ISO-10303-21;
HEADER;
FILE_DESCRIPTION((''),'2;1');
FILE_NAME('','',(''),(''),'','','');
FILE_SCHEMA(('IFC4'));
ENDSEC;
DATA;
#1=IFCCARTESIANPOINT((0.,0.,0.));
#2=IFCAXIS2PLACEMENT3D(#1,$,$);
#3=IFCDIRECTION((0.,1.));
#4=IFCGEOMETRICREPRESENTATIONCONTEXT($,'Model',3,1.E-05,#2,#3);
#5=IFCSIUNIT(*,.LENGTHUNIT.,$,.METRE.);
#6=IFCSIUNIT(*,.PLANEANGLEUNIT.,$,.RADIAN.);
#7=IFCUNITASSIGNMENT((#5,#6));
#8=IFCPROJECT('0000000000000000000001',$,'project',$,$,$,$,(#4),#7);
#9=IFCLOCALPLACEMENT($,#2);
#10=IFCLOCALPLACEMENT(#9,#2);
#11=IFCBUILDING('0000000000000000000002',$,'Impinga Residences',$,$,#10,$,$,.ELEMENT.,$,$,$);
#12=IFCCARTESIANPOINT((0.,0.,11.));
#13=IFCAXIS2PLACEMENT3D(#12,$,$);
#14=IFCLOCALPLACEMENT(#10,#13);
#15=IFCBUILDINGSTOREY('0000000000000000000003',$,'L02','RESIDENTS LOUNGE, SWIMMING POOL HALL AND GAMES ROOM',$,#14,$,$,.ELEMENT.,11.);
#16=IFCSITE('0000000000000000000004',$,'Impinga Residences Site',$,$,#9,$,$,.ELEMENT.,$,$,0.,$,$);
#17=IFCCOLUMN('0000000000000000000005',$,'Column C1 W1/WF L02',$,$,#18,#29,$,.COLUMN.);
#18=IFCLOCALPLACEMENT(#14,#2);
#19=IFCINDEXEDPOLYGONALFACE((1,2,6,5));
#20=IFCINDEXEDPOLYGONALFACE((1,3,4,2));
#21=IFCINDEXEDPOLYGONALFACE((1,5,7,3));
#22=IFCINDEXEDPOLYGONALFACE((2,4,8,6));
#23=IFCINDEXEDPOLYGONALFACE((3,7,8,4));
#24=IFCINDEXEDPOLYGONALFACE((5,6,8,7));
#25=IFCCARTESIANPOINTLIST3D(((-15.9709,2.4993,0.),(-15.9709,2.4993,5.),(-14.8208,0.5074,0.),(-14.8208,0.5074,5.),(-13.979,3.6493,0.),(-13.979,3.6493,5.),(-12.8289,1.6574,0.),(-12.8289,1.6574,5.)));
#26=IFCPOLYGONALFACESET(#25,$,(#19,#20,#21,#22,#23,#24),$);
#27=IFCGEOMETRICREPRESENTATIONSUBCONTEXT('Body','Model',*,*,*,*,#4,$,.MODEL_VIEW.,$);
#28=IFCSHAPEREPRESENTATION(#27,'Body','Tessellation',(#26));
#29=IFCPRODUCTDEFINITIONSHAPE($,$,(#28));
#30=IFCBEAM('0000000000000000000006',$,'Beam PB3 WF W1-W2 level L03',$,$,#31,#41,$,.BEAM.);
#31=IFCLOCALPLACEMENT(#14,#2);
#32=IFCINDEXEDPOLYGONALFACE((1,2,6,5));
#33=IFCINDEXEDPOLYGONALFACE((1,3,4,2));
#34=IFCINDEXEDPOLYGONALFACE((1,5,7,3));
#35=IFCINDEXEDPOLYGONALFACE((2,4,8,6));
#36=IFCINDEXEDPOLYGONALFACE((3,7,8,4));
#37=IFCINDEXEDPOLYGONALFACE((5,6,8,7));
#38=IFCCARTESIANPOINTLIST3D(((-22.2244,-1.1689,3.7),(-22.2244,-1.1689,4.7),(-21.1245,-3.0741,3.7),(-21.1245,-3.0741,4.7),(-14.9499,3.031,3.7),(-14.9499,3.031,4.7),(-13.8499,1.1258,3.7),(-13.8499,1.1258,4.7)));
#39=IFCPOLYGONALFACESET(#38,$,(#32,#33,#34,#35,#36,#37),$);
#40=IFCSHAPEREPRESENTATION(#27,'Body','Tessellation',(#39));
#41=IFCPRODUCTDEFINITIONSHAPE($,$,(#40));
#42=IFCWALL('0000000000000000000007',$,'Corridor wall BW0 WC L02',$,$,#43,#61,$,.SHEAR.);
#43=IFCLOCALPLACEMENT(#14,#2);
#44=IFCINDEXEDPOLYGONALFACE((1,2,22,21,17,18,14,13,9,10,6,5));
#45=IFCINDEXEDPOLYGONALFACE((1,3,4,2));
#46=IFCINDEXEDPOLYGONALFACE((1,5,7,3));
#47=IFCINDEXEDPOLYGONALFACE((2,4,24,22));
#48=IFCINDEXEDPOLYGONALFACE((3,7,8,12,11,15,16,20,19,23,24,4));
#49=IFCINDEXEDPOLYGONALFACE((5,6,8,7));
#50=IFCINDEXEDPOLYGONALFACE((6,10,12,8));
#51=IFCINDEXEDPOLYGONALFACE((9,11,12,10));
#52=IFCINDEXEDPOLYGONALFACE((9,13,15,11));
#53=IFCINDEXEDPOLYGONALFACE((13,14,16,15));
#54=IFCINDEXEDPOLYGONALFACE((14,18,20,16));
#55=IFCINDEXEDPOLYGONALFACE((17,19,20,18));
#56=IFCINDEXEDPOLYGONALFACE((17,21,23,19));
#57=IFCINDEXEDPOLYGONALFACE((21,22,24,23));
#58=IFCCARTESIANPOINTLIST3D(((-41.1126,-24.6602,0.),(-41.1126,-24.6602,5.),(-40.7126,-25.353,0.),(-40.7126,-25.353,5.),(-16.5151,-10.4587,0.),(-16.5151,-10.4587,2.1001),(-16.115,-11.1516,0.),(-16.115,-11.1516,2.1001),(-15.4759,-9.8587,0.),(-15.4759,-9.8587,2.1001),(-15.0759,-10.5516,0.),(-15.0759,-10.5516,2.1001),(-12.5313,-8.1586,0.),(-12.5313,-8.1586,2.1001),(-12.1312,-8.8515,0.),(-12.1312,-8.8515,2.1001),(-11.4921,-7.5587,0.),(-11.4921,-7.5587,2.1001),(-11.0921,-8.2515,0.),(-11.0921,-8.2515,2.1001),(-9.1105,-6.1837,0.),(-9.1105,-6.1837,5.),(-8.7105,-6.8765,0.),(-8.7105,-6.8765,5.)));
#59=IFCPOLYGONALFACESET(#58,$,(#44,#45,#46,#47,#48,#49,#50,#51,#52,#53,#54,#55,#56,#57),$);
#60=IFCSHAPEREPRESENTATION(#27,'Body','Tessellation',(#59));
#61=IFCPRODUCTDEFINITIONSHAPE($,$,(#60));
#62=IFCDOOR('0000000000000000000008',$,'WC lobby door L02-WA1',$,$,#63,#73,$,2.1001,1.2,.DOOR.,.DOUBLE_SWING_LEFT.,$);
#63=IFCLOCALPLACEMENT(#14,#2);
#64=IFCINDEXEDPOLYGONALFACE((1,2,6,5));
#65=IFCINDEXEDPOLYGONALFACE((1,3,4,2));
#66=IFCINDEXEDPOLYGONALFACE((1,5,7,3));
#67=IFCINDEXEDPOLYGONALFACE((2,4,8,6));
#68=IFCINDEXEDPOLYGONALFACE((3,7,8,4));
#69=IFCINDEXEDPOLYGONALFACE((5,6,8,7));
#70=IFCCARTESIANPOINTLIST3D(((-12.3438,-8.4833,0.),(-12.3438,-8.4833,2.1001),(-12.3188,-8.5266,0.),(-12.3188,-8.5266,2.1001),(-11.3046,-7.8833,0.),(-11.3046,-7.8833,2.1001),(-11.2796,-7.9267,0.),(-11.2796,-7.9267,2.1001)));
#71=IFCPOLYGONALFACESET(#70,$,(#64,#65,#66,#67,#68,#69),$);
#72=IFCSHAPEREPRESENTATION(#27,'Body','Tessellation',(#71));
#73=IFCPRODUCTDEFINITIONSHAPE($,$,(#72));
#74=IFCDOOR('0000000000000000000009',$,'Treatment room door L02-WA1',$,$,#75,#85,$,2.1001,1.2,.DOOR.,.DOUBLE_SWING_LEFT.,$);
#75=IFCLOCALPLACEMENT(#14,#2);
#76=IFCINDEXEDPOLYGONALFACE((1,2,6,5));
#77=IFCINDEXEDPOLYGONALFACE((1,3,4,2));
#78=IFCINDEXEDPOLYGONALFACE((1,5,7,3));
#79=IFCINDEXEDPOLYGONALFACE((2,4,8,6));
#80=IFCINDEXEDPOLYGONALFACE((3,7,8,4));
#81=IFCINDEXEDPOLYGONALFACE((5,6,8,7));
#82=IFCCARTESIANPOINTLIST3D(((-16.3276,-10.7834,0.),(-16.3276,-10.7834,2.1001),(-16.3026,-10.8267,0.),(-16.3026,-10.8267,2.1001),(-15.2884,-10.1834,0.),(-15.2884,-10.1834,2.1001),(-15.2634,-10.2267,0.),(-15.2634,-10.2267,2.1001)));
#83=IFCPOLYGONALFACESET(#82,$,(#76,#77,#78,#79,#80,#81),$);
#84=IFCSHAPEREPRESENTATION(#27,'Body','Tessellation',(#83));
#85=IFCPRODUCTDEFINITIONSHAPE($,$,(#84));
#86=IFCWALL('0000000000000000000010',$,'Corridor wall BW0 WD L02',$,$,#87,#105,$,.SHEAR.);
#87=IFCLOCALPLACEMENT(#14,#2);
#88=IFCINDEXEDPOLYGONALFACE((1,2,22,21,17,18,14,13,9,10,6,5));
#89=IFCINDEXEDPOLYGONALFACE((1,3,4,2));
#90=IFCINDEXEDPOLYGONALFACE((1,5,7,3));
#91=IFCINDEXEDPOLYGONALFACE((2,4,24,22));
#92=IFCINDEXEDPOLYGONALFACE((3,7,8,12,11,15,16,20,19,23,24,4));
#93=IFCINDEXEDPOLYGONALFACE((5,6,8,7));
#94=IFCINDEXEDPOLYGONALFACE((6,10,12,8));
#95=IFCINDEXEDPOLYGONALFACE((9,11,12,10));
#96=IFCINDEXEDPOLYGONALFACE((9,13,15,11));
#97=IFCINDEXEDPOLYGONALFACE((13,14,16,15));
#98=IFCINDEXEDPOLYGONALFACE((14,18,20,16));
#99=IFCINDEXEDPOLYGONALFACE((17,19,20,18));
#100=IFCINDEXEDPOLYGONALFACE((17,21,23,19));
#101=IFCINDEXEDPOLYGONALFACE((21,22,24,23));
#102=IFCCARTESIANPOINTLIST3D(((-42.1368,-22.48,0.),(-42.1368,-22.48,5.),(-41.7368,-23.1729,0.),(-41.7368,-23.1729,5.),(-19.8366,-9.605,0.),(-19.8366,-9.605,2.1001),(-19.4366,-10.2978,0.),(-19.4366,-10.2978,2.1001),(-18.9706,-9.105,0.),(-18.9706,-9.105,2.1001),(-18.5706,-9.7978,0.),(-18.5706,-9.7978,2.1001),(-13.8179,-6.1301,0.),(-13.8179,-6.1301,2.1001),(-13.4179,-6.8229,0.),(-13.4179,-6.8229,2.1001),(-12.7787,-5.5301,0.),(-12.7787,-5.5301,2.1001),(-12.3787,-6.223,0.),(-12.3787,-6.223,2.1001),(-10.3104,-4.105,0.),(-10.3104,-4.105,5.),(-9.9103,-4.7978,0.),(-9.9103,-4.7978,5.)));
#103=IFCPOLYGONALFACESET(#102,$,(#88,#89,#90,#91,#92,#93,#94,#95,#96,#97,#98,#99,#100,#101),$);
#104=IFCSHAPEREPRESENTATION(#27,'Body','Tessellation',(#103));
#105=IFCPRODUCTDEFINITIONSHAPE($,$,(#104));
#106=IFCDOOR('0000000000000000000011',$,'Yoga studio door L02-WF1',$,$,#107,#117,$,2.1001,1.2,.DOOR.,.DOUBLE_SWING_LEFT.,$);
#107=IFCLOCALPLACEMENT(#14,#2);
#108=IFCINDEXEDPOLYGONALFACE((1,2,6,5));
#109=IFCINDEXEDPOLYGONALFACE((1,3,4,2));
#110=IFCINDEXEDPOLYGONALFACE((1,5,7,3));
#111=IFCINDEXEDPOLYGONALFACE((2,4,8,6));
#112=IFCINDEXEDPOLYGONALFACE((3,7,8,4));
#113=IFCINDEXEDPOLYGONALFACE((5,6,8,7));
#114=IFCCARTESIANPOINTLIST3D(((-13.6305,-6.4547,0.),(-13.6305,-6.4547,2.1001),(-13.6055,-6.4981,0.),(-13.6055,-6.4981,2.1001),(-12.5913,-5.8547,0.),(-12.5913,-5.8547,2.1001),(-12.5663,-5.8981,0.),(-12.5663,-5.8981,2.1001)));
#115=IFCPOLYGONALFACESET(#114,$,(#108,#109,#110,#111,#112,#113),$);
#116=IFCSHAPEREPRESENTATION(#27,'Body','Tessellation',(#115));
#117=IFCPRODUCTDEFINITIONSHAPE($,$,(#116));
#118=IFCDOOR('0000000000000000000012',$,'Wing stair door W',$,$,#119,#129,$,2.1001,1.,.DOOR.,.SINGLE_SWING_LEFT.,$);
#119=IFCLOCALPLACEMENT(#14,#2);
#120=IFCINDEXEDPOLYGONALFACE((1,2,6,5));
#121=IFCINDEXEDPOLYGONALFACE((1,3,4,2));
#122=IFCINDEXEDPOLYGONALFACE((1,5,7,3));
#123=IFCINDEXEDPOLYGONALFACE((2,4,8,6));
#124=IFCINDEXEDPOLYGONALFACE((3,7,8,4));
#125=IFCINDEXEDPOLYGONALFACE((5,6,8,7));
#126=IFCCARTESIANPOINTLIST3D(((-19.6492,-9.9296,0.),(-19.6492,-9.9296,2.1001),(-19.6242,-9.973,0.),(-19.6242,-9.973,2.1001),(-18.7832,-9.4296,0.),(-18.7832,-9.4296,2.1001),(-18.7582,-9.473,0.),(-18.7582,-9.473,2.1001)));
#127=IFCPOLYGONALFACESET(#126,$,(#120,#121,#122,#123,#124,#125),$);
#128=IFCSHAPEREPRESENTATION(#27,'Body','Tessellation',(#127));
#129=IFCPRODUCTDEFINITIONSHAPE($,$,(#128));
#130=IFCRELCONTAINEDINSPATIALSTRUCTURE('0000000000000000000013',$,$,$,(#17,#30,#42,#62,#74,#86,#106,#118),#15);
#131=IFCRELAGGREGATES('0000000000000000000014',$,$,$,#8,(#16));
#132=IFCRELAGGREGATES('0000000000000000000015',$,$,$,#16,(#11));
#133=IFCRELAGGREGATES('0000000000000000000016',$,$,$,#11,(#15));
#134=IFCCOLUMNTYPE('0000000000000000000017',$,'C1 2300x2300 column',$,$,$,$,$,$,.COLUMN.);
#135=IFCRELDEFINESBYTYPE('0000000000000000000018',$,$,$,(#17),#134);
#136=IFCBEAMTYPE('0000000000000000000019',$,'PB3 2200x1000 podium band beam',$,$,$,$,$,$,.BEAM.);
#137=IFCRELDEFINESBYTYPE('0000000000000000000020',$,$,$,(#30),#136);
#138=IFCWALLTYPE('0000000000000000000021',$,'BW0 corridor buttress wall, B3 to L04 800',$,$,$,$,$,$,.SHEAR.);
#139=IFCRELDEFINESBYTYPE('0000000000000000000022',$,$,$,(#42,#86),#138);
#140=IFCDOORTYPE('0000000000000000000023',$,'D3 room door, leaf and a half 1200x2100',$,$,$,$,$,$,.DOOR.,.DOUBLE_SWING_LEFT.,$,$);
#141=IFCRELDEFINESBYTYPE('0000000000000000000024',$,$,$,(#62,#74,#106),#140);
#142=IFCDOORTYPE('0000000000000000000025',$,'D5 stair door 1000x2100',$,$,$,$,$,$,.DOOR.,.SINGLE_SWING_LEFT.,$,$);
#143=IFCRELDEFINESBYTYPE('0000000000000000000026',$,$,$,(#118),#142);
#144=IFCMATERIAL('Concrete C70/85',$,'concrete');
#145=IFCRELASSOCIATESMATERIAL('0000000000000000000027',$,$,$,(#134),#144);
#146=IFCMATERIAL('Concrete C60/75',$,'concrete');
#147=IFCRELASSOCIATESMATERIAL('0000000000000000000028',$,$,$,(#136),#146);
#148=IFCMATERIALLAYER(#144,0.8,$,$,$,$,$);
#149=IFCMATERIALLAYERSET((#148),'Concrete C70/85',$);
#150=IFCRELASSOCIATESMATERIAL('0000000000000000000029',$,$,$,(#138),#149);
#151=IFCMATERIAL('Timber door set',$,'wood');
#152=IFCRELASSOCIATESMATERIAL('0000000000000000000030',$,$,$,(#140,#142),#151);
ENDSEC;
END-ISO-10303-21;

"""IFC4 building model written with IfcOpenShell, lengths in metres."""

from ifc_helpers import new_model, si_unit, direction, frame, frame_2d, origin, origin_2d, place, context, subcontext, project, spatial, rectangle, extrude, material, layer, layer_set, material_profile, profile_set, type_object, element, fill, save


model = new_model("IFC4")

# Units and contexts
model_context = context("Model", 3, precision=1e-05, world=origin(), true_north=direction((0.0, 1.0)))
body_context = subcontext(model_context, "Body", "Model", "MODEL_VIEW")
ifc_project = project(units=[si_unit("LENGTHUNIT", "METRE"), si_unit("PLANEANGLEUNIT", "RADIAN")], contexts=[model_context])

# Site, building, storey
site_placement = place(None, origin())
site = spatial("IfcSite", under=ifc_project, at=site_placement, Name="Impinga Residences Site", CompositionType="ELEMENT", RefElevation=0.0)
building_placement = place(site_placement, origin())
building = spatial("IfcBuilding", under=site, at=building_placement, Name="Impinga Residences", CompositionType="ELEMENT")
storey_placement = place(building_placement, frame((0.0, 0.0, 11.0)))
storey = spatial("IfcBuildingStorey", under=building, at=storey_placement, Name="L02", Description="RESIDENTS LOUNGE, SWIMMING POOL HALL AND GAMES ROOM", CompositionType="ELEMENT", Elevation=11.0)

# Column
ifc_material_1 = material(Name="Concrete C70/85", Category="concrete")
ifc_material_profile_1 = material_profile(ifc_material_1, rectangle(XDim=2.3, YDim=2.3, at=origin_2d()), Name="RC 2300x2300")
ifc_profile_set_1 = profile_set([ifc_material_profile_1], Name="Concrete C70/85")
column_type = type_object("IfcColumnType", Name="C1 2300x2300 column", PredefinedType="COLUMN", material=ifc_profile_set_1)
column_placement = place(storey_placement, frame((-14.3999, 2.0784, 0.0), z_axis=(0.0, 0.0, 1.0), x_axis=(-0.5, 0.866025, 0.0)))
element("IfcColumn", 1, at=column_placement, inside=storey, type_object=column_type, Name="Column C1 W1/WF L02", PredefinedType="COLUMN", context=body_context, shape_type="SweptSolid", body=[
    extrude(rectangle(XDim=2.3, YDim=2.3, at=origin_2d()), origin(), (0.0, 0.0, 1.0), 5.0),
])

# Beam
ifc_material_2 = material(Name="Concrete C60/75", Category="concrete")
ifc_material_profile_2 = material_profile(ifc_material_2, rectangle(XDim=2.2, YDim=1.0, at=origin_2d()), Name="RC 2200x1000")
ifc_profile_set_2 = profile_set([ifc_material_profile_2], Name="Concrete C60/75")
beam_type = type_object("IfcBeamType", Name="PB3 2200x1000 podium band beam", PredefinedType="BEAM", material=ifc_profile_set_2)
beam_placement = place(storey_placement, frame((-14.3999, 2.0784, 4.2), z_axis=(-0.866029, -0.499993, 0.0), x_axis=(0.499993, -0.866029, 0.0)))
element("IfcBeam", 2, at=beam_placement, inside=storey, type_object=beam_type, Name="Beam PB3 WF W1-W2 level L03", PredefinedType="BEAM", context=body_context, shape_type="SweptSolid", body=[
    extrude(rectangle(XDim=2.2, YDim=1.0, at=origin_2d()), origin(), (0.0, 0.0, 1.0), 8.3999),
])

# Walls, openings, doors
ifc_layer_1 = layer(ifc_material_1, 0.8)
ifc_layer_set_1 = layer_set([ifc_layer_1], Name="Concrete C70/85")
wall_type_1 = type_object("IfcWallType", Name="BW0 corridor buttress wall, B3 to L04 800", PredefinedType="SHEAR", material=ifc_layer_set_1)
wall_1_placement = place(storey_placement, frame((-8.9104, -6.53, 0.0), z_axis=(0.0, 0.0, 1.0), x_axis=(-0.866024, -0.500002, 0.0)))
wall_1 = element("IfcWall", 3, at=wall_1_placement, inside=storey, type_object=wall_type_1, Name="Corridor wall BW0 WC L02", PredefinedType="SHEAR", context=body_context, shape_type="SweptSolid", body=[
    extrude(rectangle(XDim=36.9529, YDim=0.8, at=frame_2d((18.4766, 0.0))), origin(), (0.0, 0.0, 1.0), 5.0),
])
opening_1_placement = place(wall_1_placement, frame((2.75, 0.0, 0.0)))
opening_1 = element("IfcOpeningElement", 4, at=opening_1_placement, cuts=wall_1, PredefinedType="OPENING", context=body_context, shape_type="SweptSolid", body=[
    extrude(rectangle(XDim=1.2, YDim=2.1001, at=frame_2d((0.6001, 1.05))), frame((0.0, 0.4099, 0.0), z_axis=(0.0, -1.0, 0.0), x_axis=(1.0, 0.0, 0.0)), (0.0, 0.0, 1.0), 0.8201),
])
opening_2_placement = place(wall_1_placement, frame((7.3501, 0.0, 0.0)))
opening_2 = element("IfcOpeningElement", 5, at=opening_2_placement, cuts=wall_1, PredefinedType="OPENING", context=body_context, shape_type="SweptSolid", body=[
    extrude(rectangle(XDim=1.2, YDim=2.1001, at=frame_2d((0.6001, 1.05))), frame((0.0, 0.4099, 0.0), z_axis=(0.0, -1.0, 0.0), x_axis=(1.0, 0.0, 0.0)), (0.0, 0.0, 1.0), 0.8201),
])
ifc_material_3 = material(Name="Timber door set", Category="wood")
door_type_1 = type_object("IfcDoorType", Name="D3 room door, leaf and a half 1200x2100", OperationType="DOUBLE_SWING_LEFT", PredefinedType="DOOR", material=ifc_material_3)
door_1_placement = place(opening_1_placement, origin())
door_1 = element("IfcDoor", 6, at=door_1_placement, inside=storey, type_object=door_type_1, Name="WC lobby door L02-WA1", OperationType="DOUBLE_SWING_LEFT", OverallHeight=2.1001, OverallWidth=1.2, PredefinedType="DOOR", context=body_context, shape_type="SweptSolid", body=[
    extrude(rectangle(XDim=1.2, YDim=2.1001, at=frame_2d((0.6001, 1.05))), frame((0.0, 0.0249, 0.0), z_axis=(0.0, -1.0, 0.0), x_axis=(1.0, 0.0, 0.0)), (0.0, 0.0, 1.0), 0.05),
])
fill(opening_1, door_1)
door_2_placement = place(opening_2_placement, origin())
door_2 = element("IfcDoor", 7, at=door_2_placement, inside=storey, type_object=door_type_1, Name="Treatment room door L02-WA1", OperationType="DOUBLE_SWING_LEFT", OverallHeight=2.1001, OverallWidth=1.2, PredefinedType="DOOR", context=body_context, shape_type="SweptSolid", body=[
    extrude(rectangle(XDim=1.2, YDim=2.1001, at=frame_2d((0.6001, 1.05))), frame((0.0, 0.0249, 0.0), z_axis=(0.0, -1.0, 0.0), x_axis=(1.0, 0.0, 0.0)), (0.0, 0.0, 1.0), 0.05),
])
fill(opening_2, door_2)
wall_2_placement = place(storey_placement, frame((-10.1104, -4.4514, 0.0), z_axis=(0.0, 0.0, 1.0), x_axis=(-0.866025, -0.5, 0.0)))
wall_2 = element("IfcWall", 8, at=wall_2_placement, inside=storey, type_object=wall_type_1, Name="Corridor wall BW0 WD L02", PredefinedType="SHEAR", context=body_context, shape_type="SweptSolid", body=[
    extrude(rectangle(XDim=36.75, YDim=0.8, at=frame_2d((18.375, 0.0))), origin(), (0.0, 0.0, 1.0), 5.0),
])
opening_3_placement = place(wall_2_placement, frame((10.0, 0.0, 0.0)))
opening_3 = element("IfcOpeningElement", 9, at=opening_3_placement, cuts=wall_2, PredefinedType="OPENING", context=body_context, shape_type="SweptSolid", body=[
    extrude(rectangle(XDim=1.0, YDim=2.1001, at=frame_2d((0.5, 1.05))), frame((0.0, 0.4099, 0.0), z_axis=(0.0, -1.0, 0.0), x_axis=(1.0, 0.0, 0.0)), (0.0, 0.0, 1.0), 0.8201),
])
opening_4_placement = place(wall_2_placement, frame((2.8501, 0.0, 0.0)))
opening_4 = element("IfcOpeningElement", 10, at=opening_4_placement, cuts=wall_2, PredefinedType="OPENING", context=body_context, shape_type="SweptSolid", body=[
    extrude(rectangle(XDim=1.2, YDim=2.1001, at=frame_2d((0.6001, 1.05))), frame((0.0, 0.4099, 0.0), z_axis=(0.0, -1.0, 0.0), x_axis=(1.0, 0.0, 0.0)), (0.0, 0.0, 1.0), 0.8201),
])
door_3_placement = place(opening_4_placement, origin())
door_3 = element("IfcDoor", 11, at=door_3_placement, inside=storey, type_object=door_type_1, Name="Yoga studio door L02-WF1", OperationType="DOUBLE_SWING_LEFT", OverallHeight=2.1001, OverallWidth=1.2, PredefinedType="DOOR", context=body_context, shape_type="SweptSolid", body=[
    extrude(rectangle(XDim=1.2, YDim=2.1001, at=frame_2d((0.6001, 1.05))), frame((0.0, 0.0249, 0.0), z_axis=(0.0, -1.0, 0.0), x_axis=(1.0, 0.0, 0.0)), (0.0, 0.0, 1.0), 0.05),
])
fill(opening_4, door_3)
door_type_2 = type_object("IfcDoorType", Name="D5 stair door 1000x2100", OperationType="SINGLE_SWING_LEFT", PredefinedType="DOOR", material=ifc_material_3)
door_4_placement = place(opening_3_placement, origin())
door_4 = element("IfcDoor", 12, at=door_4_placement, inside=storey, type_object=door_type_2, Name="Wing stair door W", OperationType="SINGLE_SWING_LEFT", OverallHeight=2.1001, OverallWidth=1.0, PredefinedType="DOOR", context=body_context, shape_type="SweptSolid", body=[
    extrude(rectangle(XDim=1.0, YDim=2.1001, at=frame_2d((0.5, 1.05))), frame((0.0, 0.0249, 0.0), z_axis=(0.0, -1.0, 0.0), x_axis=(1.0, 0.0, 0.0)), (0.0, 0.0, 1.0), 0.05),
])
fill(opening_3, door_4)

save(model, "model.ifc")
